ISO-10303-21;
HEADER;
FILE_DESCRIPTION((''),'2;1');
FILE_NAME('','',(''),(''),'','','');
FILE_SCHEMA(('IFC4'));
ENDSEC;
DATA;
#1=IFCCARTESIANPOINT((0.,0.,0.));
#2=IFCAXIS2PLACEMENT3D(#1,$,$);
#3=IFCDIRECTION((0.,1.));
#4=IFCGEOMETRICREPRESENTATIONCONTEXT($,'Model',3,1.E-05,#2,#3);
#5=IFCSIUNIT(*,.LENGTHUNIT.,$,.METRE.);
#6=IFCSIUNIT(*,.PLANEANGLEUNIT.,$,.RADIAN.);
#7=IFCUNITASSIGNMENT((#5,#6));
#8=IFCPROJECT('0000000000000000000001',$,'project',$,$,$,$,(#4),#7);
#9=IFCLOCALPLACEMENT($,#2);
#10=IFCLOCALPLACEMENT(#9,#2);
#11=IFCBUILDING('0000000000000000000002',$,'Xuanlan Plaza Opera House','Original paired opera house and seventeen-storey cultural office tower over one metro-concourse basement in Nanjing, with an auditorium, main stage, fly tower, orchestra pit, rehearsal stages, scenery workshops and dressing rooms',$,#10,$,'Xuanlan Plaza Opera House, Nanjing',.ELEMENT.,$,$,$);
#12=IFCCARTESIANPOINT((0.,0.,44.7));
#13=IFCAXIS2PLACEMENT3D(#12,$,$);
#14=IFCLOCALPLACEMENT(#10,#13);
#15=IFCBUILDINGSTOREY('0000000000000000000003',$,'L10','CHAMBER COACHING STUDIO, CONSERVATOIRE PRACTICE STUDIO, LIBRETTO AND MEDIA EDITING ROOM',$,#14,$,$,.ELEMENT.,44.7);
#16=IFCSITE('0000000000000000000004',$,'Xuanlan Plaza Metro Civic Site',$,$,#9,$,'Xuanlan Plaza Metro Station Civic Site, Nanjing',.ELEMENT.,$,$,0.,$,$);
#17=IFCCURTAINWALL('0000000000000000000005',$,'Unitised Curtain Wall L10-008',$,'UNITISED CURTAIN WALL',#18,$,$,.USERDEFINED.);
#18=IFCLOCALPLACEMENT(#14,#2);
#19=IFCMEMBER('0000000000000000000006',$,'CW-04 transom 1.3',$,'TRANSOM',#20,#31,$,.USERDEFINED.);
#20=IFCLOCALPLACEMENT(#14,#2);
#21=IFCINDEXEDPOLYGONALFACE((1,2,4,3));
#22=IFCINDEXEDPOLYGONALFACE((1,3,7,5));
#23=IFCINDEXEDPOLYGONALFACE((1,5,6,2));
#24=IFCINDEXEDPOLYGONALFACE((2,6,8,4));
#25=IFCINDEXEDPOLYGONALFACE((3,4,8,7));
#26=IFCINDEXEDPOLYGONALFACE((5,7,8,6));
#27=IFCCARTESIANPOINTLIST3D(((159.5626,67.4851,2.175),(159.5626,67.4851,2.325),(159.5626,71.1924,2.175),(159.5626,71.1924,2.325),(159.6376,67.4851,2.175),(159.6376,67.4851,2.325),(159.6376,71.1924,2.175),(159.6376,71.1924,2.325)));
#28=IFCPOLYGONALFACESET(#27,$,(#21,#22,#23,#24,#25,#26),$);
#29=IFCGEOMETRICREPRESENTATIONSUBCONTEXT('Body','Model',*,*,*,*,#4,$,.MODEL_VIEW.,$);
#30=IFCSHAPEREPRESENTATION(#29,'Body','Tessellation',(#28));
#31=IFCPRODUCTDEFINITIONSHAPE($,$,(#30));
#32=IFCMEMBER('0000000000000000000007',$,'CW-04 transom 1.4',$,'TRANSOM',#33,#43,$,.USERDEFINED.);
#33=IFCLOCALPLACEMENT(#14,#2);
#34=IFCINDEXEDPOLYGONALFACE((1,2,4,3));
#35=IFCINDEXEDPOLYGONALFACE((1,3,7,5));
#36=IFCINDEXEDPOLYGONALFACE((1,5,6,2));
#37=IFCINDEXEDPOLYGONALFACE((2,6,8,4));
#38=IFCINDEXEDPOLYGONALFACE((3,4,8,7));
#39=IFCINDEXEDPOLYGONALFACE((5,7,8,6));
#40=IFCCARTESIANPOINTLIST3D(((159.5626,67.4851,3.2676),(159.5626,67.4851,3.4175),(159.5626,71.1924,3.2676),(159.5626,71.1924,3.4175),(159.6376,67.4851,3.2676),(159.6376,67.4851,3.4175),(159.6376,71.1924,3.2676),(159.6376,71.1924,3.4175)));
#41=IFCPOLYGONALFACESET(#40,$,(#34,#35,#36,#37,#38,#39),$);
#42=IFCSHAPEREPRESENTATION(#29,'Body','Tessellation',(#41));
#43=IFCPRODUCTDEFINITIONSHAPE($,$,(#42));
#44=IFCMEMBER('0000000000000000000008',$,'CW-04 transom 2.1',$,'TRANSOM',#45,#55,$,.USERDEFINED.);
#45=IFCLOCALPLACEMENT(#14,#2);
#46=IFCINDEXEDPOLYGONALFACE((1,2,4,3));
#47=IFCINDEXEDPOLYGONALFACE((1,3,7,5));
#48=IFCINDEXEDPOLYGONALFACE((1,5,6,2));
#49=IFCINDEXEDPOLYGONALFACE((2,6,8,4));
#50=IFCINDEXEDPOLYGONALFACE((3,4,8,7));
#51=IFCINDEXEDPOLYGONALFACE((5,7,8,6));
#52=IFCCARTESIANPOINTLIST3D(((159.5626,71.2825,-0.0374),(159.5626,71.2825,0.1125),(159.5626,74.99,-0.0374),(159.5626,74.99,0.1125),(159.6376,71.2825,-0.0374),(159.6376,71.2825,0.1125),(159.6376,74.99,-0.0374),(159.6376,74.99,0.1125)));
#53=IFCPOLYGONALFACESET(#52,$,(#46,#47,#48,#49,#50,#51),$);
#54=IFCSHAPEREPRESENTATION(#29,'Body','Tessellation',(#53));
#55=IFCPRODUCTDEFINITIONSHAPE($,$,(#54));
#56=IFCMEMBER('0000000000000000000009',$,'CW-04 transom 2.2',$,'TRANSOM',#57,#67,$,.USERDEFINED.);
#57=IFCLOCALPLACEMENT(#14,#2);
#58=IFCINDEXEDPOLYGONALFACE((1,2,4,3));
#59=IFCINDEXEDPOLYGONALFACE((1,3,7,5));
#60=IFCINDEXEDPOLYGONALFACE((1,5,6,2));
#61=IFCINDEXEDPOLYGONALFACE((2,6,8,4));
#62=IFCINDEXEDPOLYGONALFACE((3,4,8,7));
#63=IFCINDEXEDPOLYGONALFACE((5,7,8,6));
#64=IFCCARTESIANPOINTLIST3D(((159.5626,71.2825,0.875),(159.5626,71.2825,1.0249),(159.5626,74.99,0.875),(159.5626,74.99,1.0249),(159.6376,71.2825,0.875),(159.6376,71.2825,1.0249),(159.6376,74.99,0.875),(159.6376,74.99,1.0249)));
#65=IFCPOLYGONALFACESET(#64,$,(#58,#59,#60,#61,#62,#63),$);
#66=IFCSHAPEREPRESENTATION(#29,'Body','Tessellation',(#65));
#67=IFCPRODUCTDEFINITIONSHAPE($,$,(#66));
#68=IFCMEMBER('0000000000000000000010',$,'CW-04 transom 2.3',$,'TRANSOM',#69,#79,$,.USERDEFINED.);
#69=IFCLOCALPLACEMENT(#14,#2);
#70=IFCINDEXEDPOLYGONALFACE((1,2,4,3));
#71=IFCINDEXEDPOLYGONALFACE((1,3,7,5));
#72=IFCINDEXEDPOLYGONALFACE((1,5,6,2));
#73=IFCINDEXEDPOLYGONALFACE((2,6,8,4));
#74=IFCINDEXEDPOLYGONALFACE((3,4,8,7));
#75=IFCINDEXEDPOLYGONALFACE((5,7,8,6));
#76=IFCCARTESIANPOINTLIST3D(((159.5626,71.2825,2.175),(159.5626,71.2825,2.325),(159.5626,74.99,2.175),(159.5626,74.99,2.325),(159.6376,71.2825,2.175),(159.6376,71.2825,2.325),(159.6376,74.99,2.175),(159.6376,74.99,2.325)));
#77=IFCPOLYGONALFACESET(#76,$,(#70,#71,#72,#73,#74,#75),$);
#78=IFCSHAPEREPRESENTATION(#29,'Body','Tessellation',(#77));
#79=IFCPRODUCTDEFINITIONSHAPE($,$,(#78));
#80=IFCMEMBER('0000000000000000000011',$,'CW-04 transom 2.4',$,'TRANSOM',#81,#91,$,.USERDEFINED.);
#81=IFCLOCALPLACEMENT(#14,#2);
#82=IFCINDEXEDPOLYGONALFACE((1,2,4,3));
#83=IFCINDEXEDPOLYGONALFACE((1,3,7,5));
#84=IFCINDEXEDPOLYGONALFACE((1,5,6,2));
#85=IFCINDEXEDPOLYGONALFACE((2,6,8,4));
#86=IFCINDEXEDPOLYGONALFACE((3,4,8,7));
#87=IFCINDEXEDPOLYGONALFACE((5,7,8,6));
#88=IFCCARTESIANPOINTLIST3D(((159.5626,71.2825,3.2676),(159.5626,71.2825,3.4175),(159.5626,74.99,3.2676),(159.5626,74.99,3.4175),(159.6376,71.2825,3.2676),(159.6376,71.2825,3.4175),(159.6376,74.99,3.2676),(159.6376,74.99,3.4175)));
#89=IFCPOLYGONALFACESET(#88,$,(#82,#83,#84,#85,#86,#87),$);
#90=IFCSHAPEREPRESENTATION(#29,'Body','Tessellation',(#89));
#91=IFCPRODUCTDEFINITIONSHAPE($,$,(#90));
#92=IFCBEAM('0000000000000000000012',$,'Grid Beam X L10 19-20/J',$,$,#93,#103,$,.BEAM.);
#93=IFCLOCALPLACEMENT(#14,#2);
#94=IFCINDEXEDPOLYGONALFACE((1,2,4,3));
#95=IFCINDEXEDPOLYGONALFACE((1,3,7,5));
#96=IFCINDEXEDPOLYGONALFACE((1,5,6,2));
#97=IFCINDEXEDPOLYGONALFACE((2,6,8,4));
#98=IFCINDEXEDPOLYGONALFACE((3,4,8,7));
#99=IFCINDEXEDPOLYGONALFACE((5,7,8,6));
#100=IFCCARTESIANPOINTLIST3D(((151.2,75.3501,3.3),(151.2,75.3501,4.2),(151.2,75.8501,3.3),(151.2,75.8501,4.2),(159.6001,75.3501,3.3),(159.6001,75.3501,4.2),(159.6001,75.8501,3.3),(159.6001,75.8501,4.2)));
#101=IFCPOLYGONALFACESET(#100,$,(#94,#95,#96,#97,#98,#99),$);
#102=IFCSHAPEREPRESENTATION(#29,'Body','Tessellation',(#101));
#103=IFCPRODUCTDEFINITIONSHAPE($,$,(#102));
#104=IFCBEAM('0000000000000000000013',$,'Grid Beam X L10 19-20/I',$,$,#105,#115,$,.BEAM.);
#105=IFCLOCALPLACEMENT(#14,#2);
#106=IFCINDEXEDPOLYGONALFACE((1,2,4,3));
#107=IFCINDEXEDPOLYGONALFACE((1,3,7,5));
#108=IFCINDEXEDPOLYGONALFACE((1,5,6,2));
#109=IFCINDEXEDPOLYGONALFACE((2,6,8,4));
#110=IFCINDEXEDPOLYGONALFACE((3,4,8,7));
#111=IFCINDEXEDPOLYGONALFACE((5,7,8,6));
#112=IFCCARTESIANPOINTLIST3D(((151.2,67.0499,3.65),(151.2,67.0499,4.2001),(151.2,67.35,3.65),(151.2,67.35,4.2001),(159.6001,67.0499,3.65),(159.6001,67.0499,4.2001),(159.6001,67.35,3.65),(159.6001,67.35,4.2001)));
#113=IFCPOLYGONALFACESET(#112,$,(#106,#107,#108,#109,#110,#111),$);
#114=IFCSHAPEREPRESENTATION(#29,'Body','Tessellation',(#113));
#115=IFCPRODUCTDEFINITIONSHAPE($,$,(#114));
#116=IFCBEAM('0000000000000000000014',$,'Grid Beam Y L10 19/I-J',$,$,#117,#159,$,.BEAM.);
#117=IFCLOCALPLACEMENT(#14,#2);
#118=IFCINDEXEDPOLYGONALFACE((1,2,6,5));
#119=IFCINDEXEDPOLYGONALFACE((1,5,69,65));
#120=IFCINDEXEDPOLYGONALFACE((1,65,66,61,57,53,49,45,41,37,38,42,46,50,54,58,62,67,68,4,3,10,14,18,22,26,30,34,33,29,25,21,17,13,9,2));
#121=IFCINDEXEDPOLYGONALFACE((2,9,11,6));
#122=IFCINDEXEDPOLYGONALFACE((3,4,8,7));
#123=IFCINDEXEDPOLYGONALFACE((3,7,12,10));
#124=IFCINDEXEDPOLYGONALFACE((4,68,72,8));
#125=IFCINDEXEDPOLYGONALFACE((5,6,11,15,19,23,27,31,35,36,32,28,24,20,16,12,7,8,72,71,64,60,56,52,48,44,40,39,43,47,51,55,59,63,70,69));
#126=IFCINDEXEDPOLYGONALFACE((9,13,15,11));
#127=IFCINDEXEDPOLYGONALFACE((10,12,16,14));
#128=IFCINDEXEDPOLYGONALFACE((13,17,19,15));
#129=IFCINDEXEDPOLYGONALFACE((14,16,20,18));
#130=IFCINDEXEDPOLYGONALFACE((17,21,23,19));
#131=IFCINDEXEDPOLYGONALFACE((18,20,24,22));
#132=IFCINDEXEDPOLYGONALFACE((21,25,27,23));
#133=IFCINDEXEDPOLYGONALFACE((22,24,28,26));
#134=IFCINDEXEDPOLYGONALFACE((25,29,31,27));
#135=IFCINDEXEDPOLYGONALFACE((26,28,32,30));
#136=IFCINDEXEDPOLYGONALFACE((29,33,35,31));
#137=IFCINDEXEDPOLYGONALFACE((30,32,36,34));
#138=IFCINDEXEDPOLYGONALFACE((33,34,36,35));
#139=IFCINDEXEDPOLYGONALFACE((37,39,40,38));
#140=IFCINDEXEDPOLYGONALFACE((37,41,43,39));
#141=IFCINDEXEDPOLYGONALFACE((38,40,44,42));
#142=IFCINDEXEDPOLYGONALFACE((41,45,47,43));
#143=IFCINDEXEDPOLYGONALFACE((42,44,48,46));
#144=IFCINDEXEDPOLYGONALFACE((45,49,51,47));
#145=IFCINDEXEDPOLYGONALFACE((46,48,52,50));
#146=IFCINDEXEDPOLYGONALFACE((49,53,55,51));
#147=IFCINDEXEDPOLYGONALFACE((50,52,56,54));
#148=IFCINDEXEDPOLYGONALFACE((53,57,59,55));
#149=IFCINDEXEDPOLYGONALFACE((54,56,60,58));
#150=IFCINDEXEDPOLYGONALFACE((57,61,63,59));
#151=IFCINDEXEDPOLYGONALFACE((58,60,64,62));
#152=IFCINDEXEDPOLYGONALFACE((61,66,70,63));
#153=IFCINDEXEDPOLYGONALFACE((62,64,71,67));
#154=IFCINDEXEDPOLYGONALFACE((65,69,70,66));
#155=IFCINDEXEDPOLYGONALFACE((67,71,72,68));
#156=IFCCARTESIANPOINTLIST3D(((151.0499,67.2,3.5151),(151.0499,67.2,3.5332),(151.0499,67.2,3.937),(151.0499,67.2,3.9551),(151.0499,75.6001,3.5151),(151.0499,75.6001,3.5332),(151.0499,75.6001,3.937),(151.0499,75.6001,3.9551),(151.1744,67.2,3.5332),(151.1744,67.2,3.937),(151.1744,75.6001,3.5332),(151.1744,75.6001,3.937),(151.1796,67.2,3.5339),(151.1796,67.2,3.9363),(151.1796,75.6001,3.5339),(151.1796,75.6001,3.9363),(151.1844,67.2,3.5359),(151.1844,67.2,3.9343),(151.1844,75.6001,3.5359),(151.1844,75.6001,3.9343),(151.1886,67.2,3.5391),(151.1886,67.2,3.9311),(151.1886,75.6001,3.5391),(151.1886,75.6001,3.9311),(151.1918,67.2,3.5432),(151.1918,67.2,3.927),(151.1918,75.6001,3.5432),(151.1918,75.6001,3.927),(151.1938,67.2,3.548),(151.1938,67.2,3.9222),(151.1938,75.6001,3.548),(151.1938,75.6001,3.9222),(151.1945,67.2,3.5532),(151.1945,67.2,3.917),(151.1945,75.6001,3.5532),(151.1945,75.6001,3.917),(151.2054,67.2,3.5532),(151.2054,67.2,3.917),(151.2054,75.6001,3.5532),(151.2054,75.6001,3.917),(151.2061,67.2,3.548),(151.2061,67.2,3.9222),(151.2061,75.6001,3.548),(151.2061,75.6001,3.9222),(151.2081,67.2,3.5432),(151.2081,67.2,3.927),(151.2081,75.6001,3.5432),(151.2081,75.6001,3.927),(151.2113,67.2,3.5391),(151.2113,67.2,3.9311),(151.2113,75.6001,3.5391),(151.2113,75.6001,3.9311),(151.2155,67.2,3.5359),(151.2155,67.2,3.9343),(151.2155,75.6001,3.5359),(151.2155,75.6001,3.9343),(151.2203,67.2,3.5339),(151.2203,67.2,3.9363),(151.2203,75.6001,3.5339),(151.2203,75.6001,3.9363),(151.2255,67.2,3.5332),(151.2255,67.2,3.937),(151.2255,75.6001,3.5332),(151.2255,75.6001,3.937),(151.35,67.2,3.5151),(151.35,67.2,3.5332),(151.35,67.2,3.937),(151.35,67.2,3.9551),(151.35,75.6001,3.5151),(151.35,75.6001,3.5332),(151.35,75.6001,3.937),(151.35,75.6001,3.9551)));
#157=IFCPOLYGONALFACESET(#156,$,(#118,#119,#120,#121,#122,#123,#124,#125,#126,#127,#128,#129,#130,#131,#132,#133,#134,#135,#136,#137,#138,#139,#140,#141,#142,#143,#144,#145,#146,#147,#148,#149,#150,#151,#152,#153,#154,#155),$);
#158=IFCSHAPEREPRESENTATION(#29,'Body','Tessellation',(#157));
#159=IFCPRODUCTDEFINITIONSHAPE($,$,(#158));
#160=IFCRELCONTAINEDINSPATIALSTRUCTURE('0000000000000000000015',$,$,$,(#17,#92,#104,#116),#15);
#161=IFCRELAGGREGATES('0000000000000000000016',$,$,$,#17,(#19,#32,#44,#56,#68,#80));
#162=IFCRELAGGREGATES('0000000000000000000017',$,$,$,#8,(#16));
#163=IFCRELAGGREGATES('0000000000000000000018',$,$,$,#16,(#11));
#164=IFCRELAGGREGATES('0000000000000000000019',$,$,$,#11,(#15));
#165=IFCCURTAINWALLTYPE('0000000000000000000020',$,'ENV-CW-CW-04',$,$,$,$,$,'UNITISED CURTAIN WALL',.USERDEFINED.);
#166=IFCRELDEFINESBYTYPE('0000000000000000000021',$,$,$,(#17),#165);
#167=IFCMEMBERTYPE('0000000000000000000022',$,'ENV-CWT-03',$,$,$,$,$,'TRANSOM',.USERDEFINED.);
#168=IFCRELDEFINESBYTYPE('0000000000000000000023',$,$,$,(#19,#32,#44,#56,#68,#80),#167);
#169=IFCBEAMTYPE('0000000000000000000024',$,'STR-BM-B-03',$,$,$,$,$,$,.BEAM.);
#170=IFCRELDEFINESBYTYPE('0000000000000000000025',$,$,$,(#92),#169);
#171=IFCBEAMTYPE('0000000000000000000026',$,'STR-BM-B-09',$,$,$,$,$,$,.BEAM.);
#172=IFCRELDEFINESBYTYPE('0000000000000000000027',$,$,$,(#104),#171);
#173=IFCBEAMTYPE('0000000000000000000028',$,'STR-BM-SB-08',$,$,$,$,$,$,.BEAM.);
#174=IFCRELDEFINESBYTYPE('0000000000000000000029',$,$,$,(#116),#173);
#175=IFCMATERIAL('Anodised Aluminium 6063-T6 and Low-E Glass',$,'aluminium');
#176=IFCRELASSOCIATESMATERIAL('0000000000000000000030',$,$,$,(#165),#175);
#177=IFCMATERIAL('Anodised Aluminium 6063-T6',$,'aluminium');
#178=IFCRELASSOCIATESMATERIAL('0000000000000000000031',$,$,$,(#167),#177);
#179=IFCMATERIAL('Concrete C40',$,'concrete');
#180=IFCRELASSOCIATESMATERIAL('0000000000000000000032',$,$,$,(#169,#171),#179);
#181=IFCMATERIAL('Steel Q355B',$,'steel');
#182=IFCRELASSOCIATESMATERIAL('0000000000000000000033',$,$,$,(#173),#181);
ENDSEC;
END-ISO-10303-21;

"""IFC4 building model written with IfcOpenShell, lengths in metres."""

from ifc_helpers import new_model, si_unit, direction, frame, origin, origin_2d, place, context, subcontext, project, spatial, rectangle, i_section, extrude, material, material_profile, profile_set, type_object, element, aggregate, save


model = new_model("IFC4")

# Units and contexts
model_context = context("Model", 3, precision=1e-05, world=origin(), true_north=direction((0.0, 1.0)))
body_context = subcontext(model_context, "Body", "Model", "MODEL_VIEW")
ifc_project = project(units=[si_unit("LENGTHUNIT", "METRE"), si_unit("PLANEANGLEUNIT", "RADIAN")], contexts=[model_context])

# Site, building, storey
site_placement = place(None, origin())
site = spatial("IfcSite", under=ifc_project, at=site_placement, Name="Xuanlan Plaza Metro Civic Site", LongName="Xuanlan Plaza Metro Station Civic Site, Nanjing", CompositionType="ELEMENT", RefElevation=0.0)
building_placement = place(site_placement, origin())
building = spatial("IfcBuilding", under=site, at=building_placement, Name="Xuanlan Plaza Opera House", Description="Original paired opera house and seventeen-storey cultural office tower over one metro-concourse basement in Nanjing, with an auditorium, main stage, fly tower, orchestra pit, rehearsal stages, scenery workshops and dressing rooms", LongName="Xuanlan Plaza Opera House, Nanjing", CompositionType="ELEMENT")
storey_placement = place(building_placement, frame((0.0, 0.0, 44.7)))
storey = spatial("IfcBuildingStorey", under=building, at=storey_placement, Name="L10", Description="CHAMBER COACHING STUDIO, CONSERVATOIRE PRACTICE STUDIO, LIBRETTO AND MEDIA EDITING ROOM", CompositionType="ELEMENT", Elevation=44.7)

# Shared definitions
ifc_material_1 = material(Name="Steel Q355B", Category="steel")

# Curtain wall, members
ifc_material_2 = material(Name="Anodised Aluminium 6063-T6 and Low-E Glass", Category="aluminium")
curtain_wall_type = type_object("IfcCurtainWallType", Name="ENV-CW-CW-04", ElementType="UNITISED CURTAIN WALL", PredefinedType="USERDEFINED", material=ifc_material_2)
curtain_wall_placement = place(storey_placement, origin())
curtain_wall = element("IfcCurtainWall", 1, at=curtain_wall_placement, inside=storey, type_object=curtain_wall_type, Name="Unitised Curtain Wall L10-008", ObjectType="UNITISED CURTAIN WALL", PredefinedType="USERDEFINED")
ifc_material_3 = material(Name="Anodised Aluminium 6063-T6", Category="aluminium")
ifc_material_profile_1 = material_profile(ifc_material_3, rectangle(XDim=0.075, YDim=0.1499, at=origin_2d()), Name="ALU-T 75x150")
ifc_profile_set_1 = profile_set([ifc_material_profile_1], Name="Anodised Aluminium 6063-T6")
member_type_1 = type_object("IfcMemberType", Name="ENV-CWT-03", ElementType="TRANSOM", PredefinedType="USERDEFINED", material=ifc_profile_set_1)
member_1_placement = place(storey_placement, frame((159.6001, 67.4851, 2.25), z_axis=(0.0, 1.0, 0.0), x_axis=(-1.0, 0.0, 0.0)))
member_1 = element("IfcMember", 2, at=member_1_placement, type_object=member_type_1, Name="CW-04 transom 1.3", ObjectType="TRANSOM", PredefinedType="USERDEFINED", context=body_context, shape_type="SweptSolid", body=[
    extrude(rectangle(XDim=0.075, YDim=0.1499, at=origin_2d()), origin(), (0.0, 0.0, 1.0), 3.7073),
])
member_2_placement = place(storey_placement, frame((159.6001, 67.4851, 3.3425), z_axis=(0.0, 1.0, 0.0), x_axis=(-1.0, 0.0, 0.0)))
member_2 = element("IfcMember", 3, at=member_2_placement, type_object=member_type_1, Name="CW-04 transom 1.4", ObjectType="TRANSOM", PredefinedType="USERDEFINED", context=body_context, shape_type="SweptSolid", body=[
    extrude(rectangle(XDim=0.075, YDim=0.1499, at=origin_2d()), origin(), (0.0, 0.0, 1.0), 3.7073),
])
member_3_placement = place(storey_placement, frame((159.6001, 71.2825, 0.0376), z_axis=(0.0, 1.0, 0.0), x_axis=(-1.0, 0.0, 0.0)))
member_3 = element("IfcMember", 4, at=member_3_placement, type_object=member_type_1, Name="CW-04 transom 2.1", ObjectType="TRANSOM", PredefinedType="USERDEFINED", context=body_context, shape_type="SweptSolid", body=[
    extrude(rectangle(XDim=0.075, YDim=0.1499, at=origin_2d()), origin(), (0.0, 0.0, 1.0), 3.7075),
])
member_4_placement = place(storey_placement, frame((159.6001, 71.2825, 0.95), z_axis=(0.0, 1.0, 0.0), x_axis=(-1.0, 0.0, 0.0)))
member_4 = element("IfcMember", 5, at=member_4_placement, type_object=member_type_1, Name="CW-04 transom 2.2", ObjectType="TRANSOM", PredefinedType="USERDEFINED", context=body_context, shape_type="SweptSolid", body=[
    extrude(rectangle(XDim=0.075, YDim=0.1499, at=origin_2d()), origin(), (0.0, 0.0, 1.0), 3.7075),
])
member_5_placement = place(storey_placement, frame((159.6001, 71.2825, 2.25), z_axis=(0.0, 1.0, 0.0), x_axis=(-1.0, 0.0, 0.0)))
member_5 = element("IfcMember", 6, at=member_5_placement, type_object=member_type_1, Name="CW-04 transom 2.3", ObjectType="TRANSOM", PredefinedType="USERDEFINED", context=body_context, shape_type="SweptSolid", body=[
    extrude(rectangle(XDim=0.075, YDim=0.1499, at=origin_2d()), origin(), (0.0, 0.0, 1.0), 3.7075),
])
member_6_placement = place(storey_placement, frame((159.6001, 71.2825, 3.3425), z_axis=(0.0, 1.0, 0.0), x_axis=(-1.0, 0.0, 0.0)))
member_6 = element("IfcMember", 7, at=member_6_placement, type_object=member_type_1, Name="CW-04 transom 2.4", ObjectType="TRANSOM", PredefinedType="USERDEFINED", context=body_context, shape_type="SweptSolid", body=[
    extrude(rectangle(XDim=0.075, YDim=0.1499, at=origin_2d()), origin(), (0.0, 0.0, 1.0), 3.7075),
])

# Beams
ifc_material_4 = material(Name="Concrete C40", Category="concrete")
ifc_material_profile_2 = material_profile(ifc_material_4, rectangle(XDim=0.5, YDim=0.8999, at=origin_2d()), Name="RC-BM 500x900")
ifc_profile_set_2 = profile_set([ifc_material_profile_2], Name="Concrete C40")
beam_type_1 = type_object("IfcBeamType", Name="STR-BM-B-03", PredefinedType="BEAM", material=ifc_profile_set_2)
beam_1_placement = place(storey_placement, frame((151.2, 75.6001, 3.75), z_axis=(1.0, 0.0, 0.0), x_axis=(0.0, 1.0, 0.0)))
element("IfcBeam", 8, at=beam_1_placement, inside=storey, type_object=beam_type_1, Name="Grid Beam X L10 19-20/J", PredefinedType="BEAM", context=body_context, shape_type="SweptSolid", body=[
    extrude(rectangle(XDim=0.5, YDim=0.8999, at=origin_2d()), origin(), (0.0, 0.0, 1.0), 8.4001),
])
ifc_material_profile_3 = material_profile(ifc_material_4, rectangle(XDim=0.3, YDim=0.55, at=origin_2d()), Name="RC-BM 300x550")
ifc_profile_set_3 = profile_set([ifc_material_profile_3], Name="Concrete C40")
beam_type_2 = type_object("IfcBeamType", Name="STR-BM-B-09", PredefinedType="BEAM", material=ifc_profile_set_3)
beam_2_placement = place(storey_placement, frame((151.2, 67.2, 3.925), z_axis=(1.0, 0.0, 0.0), x_axis=(0.0, 1.0, 0.0)))
element("IfcBeam", 9, at=beam_2_placement, inside=storey, type_object=beam_type_2, Name="Grid Beam X L10 19-20/I", PredefinedType="BEAM", context=body_context, shape_type="SweptSolid", body=[
    extrude(rectangle(XDim=0.3, YDim=0.55, at=origin_2d()), origin(), (0.0, 0.0, 1.0), 8.4001),
])
ifc_material_profile_4 = material_profile(ifc_material_1, i_section(OverallWidth=0.3, OverallDepth=0.4399, WebThickness=0.011, FlangeThickness=0.0181, FilletRadius=0.02, at=origin_2d()), Name="HM 440x300x11x18")
ifc_profile_set_4 = profile_set([ifc_material_profile_4], Name="Steel Q355B")
beam_type_3 = type_object("IfcBeamType", Name="STR-BM-SB-08", PredefinedType="BEAM", material=ifc_profile_set_4)
beam_3_placement = place(storey_placement, frame((151.2, 67.2, 3.7351), z_axis=(0.0, 1.0, 0.0), x_axis=(-1.0, 0.0, 0.0)))
element("IfcBeam", 10, at=beam_3_placement, inside=storey, type_object=beam_type_3, Name="Grid Beam Y L10 19/I-J", PredefinedType="BEAM", context=body_context, shape_type="SweptSolid", body=[
    extrude(i_section(OverallWidth=0.3, OverallDepth=0.4399, WebThickness=0.011, FlangeThickness=0.0181, FilletRadius=0.02, at=origin_2d()), origin(), (0.0, 0.0, 1.0), 8.4001),
])

aggregate(curtain_wall, [member_1, member_2, member_3, member_4, member_5, member_6])

save(model, "model.ifc")
